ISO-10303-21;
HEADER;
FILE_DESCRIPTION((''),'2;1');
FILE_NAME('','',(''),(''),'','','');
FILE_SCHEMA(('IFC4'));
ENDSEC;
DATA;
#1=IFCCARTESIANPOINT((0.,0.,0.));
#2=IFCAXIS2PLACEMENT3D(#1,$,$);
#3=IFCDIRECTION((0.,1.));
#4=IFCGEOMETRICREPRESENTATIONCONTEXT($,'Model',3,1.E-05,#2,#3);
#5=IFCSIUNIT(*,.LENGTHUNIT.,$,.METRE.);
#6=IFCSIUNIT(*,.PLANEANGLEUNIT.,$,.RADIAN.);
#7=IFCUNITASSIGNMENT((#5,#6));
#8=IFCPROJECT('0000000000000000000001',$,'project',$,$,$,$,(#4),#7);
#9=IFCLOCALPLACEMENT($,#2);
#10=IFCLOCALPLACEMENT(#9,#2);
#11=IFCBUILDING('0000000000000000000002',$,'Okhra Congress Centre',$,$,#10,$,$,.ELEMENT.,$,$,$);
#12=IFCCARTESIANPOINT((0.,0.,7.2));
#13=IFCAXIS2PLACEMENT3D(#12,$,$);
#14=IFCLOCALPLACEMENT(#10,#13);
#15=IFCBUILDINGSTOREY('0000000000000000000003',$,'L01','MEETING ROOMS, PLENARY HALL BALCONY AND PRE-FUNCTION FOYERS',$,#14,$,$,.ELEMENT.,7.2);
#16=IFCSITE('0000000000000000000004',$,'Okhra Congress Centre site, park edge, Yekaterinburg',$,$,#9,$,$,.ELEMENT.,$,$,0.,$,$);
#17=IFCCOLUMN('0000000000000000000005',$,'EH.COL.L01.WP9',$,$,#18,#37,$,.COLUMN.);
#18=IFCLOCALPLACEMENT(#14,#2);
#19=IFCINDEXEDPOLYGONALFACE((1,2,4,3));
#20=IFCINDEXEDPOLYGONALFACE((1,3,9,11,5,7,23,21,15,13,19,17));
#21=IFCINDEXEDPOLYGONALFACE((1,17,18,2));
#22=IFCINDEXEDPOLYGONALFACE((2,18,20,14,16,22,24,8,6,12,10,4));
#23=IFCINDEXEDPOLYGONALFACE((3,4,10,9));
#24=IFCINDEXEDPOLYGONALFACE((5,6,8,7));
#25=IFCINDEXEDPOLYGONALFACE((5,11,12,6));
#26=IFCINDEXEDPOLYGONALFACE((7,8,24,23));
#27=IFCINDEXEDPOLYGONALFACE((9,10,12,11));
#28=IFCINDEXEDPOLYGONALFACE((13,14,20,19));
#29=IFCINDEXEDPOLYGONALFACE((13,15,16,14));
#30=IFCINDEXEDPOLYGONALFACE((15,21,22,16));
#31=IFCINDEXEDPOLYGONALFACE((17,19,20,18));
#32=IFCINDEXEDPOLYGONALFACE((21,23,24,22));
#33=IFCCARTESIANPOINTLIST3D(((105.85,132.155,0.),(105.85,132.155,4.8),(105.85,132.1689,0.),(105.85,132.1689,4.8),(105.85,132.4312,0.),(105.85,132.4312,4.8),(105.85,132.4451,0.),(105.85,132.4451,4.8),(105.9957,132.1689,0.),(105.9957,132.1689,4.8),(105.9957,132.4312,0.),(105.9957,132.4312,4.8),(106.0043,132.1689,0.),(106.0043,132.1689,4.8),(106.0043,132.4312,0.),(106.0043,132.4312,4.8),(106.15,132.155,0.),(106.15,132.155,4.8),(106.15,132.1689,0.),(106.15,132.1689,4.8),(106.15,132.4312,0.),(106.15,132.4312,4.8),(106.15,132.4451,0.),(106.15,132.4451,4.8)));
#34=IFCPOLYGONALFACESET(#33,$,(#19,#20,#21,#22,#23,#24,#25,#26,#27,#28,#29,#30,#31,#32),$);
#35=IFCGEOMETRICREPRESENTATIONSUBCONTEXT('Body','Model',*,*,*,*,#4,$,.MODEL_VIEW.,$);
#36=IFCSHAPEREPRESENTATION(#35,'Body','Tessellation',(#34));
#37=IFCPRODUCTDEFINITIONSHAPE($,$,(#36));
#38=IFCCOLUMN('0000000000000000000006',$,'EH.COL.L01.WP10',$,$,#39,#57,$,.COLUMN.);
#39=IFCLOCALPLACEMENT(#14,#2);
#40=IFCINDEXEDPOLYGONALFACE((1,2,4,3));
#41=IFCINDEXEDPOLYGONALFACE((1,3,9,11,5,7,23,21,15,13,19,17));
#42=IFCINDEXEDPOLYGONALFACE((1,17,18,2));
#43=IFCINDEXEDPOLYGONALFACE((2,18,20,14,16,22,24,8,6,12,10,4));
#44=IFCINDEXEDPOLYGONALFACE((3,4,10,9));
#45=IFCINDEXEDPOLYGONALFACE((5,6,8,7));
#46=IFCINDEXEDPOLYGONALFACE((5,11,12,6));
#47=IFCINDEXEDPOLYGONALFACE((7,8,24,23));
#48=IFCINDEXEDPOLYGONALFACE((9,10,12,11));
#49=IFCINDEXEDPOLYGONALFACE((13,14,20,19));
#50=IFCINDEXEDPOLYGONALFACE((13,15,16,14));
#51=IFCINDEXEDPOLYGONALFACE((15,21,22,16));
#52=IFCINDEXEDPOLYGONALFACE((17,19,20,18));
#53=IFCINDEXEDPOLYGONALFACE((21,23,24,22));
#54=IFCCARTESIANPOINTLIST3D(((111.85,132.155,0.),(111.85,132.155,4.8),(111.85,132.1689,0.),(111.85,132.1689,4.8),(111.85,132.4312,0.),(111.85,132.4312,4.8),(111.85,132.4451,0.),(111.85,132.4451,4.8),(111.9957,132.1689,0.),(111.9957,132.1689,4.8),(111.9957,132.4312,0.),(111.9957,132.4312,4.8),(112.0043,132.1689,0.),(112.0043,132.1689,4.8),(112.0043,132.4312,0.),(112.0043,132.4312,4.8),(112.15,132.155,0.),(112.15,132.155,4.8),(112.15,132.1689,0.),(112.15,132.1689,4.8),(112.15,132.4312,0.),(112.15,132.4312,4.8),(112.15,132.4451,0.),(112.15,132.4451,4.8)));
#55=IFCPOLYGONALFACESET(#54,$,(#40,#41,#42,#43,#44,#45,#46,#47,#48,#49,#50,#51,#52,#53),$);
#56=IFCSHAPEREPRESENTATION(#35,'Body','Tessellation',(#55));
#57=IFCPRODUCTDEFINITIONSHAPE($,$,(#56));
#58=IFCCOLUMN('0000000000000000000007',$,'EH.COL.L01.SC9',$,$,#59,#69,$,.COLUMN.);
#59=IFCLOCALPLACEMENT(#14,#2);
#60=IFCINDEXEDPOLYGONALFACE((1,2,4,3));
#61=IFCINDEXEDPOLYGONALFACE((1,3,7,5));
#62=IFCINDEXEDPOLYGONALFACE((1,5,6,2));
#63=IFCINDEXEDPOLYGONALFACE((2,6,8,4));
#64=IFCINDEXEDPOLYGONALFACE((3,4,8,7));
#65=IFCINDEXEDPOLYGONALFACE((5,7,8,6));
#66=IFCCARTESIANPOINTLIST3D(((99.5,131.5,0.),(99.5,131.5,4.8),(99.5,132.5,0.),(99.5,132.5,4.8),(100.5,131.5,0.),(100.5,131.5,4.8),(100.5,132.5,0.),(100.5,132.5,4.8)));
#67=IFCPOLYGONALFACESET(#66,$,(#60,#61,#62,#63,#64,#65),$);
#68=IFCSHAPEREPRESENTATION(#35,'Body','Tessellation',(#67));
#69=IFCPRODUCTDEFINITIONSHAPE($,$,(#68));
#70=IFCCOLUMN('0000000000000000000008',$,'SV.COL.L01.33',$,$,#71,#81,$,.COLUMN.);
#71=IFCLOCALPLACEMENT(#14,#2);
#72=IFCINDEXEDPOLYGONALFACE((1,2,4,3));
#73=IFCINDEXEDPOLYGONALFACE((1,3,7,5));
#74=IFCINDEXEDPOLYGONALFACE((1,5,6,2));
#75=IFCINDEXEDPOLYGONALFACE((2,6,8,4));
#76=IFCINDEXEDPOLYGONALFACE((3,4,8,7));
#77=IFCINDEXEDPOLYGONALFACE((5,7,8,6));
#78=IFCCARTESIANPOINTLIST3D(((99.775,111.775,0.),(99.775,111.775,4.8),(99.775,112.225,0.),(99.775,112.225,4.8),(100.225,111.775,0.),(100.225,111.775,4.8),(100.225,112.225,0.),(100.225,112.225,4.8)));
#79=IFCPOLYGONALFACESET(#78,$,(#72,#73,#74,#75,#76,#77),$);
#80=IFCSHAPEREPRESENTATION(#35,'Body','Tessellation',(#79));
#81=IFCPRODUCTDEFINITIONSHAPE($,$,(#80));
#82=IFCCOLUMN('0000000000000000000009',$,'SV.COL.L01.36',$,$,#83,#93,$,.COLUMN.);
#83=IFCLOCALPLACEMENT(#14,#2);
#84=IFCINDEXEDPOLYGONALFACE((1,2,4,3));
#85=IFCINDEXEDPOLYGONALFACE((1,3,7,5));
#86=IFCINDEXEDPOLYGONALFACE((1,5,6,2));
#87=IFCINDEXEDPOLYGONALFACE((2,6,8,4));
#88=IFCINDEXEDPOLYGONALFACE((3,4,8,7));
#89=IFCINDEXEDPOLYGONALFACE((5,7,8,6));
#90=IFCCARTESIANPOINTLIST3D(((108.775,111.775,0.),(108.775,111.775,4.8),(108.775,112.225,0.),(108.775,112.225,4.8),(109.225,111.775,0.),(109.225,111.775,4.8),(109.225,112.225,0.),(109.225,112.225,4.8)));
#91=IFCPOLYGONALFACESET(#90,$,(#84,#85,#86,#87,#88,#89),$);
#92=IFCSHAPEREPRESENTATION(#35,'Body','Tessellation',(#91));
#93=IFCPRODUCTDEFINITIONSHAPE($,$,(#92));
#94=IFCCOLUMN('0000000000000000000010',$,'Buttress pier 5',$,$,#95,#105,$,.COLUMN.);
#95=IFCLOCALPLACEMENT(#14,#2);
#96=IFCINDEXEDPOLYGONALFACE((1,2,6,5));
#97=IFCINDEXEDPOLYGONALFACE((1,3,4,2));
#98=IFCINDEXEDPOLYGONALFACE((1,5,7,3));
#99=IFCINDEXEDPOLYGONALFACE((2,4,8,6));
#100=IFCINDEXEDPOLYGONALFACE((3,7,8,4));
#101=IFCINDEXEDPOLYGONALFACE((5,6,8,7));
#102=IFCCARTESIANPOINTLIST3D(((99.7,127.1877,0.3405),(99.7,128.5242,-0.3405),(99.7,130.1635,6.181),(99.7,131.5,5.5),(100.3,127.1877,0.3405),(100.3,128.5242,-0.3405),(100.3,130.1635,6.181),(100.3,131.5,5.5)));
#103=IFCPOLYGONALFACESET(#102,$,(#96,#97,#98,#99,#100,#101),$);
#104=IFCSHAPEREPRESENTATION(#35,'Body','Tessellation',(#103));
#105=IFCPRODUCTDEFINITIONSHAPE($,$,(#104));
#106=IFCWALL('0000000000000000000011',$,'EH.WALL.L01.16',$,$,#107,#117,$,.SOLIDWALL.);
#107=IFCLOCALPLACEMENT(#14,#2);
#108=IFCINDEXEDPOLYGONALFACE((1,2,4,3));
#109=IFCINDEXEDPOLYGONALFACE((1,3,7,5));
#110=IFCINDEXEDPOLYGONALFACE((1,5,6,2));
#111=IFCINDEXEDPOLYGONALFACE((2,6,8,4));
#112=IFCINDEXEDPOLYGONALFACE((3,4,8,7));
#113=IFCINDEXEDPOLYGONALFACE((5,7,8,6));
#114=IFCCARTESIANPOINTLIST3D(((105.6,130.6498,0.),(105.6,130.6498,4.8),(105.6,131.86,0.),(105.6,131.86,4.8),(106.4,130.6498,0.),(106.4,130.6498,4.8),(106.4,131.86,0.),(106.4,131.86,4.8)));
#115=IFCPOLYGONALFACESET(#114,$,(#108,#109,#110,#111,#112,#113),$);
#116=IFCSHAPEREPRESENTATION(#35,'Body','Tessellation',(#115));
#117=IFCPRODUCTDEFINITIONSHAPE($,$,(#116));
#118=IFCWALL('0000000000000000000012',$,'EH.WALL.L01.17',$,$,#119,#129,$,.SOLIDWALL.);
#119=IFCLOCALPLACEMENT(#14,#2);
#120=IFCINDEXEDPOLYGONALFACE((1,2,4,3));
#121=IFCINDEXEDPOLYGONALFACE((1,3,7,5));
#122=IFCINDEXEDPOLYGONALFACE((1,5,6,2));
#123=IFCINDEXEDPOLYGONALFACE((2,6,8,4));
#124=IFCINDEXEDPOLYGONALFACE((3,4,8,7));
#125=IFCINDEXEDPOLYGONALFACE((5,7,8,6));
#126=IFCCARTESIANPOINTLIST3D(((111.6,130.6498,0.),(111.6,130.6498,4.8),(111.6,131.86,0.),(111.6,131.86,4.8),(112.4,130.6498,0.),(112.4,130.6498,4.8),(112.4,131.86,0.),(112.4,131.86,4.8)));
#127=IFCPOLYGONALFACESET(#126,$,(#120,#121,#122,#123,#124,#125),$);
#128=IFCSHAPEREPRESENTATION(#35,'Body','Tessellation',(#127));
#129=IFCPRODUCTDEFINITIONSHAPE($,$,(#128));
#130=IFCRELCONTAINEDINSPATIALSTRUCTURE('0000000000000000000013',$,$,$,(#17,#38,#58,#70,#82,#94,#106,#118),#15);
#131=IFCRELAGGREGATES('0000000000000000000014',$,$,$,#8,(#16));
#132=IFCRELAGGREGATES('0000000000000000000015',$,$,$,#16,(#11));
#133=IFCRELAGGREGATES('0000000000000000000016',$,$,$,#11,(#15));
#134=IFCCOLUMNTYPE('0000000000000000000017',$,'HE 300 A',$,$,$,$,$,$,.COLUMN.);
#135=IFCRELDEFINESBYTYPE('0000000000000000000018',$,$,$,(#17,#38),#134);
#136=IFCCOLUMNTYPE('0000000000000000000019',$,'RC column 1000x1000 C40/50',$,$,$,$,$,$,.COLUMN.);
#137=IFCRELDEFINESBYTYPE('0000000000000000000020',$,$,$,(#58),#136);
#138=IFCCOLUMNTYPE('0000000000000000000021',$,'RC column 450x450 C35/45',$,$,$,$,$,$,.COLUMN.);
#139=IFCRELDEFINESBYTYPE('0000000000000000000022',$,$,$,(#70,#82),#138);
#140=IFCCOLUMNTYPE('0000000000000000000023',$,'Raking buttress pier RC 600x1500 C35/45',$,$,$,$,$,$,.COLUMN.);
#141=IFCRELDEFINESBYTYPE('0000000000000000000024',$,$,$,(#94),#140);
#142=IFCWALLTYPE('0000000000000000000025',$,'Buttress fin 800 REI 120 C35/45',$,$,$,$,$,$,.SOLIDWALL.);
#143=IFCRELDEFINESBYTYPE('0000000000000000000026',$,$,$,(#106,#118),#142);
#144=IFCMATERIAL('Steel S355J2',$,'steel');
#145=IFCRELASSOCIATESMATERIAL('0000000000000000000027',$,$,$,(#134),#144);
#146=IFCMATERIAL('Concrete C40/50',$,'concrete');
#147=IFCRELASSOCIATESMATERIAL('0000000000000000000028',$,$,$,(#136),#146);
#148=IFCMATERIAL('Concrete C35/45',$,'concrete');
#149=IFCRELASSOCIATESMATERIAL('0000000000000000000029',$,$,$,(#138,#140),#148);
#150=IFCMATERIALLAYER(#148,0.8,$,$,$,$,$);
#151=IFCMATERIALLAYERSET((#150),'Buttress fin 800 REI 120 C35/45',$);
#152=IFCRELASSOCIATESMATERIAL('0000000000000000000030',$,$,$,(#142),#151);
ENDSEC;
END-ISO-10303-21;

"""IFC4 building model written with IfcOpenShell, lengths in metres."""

from ifc_helpers import new_model, si_unit, direction, frame, frame_2d, origin, origin_2d, place, context, subcontext, project, spatial, rectangle, i_section, extrude, material, layer, layer_set, material_profile, profile_set, type_object, element, save


model = new_model("IFC4")

# Units and contexts
model_context = context("Model", 3, precision=1e-05, world=origin(), true_north=direction((0.0, 1.0)))
body_context = subcontext(model_context, "Body", "Model", "MODEL_VIEW")
ifc_project = project(units=[si_unit("LENGTHUNIT", "METRE"), si_unit("PLANEANGLEUNIT", "RADIAN")], contexts=[model_context])

# Site, building, storey
site_placement = place(None, origin())
site = spatial("IfcSite", under=ifc_project, at=site_placement, Name="Okhra Congress Centre site, park edge, Yekaterinburg", CompositionType="ELEMENT", RefElevation=0.0)
building_placement = place(site_placement, origin())
building = spatial("IfcBuilding", under=site, at=building_placement, Name="Okhra Congress Centre", CompositionType="ELEMENT")
storey_placement = place(building_placement, frame((0.0, 0.0, 7.2)))
storey = spatial("IfcBuildingStorey", under=building, at=storey_placement, Name="L01", Description="MEETING ROOMS, PLENARY HALL BALCONY AND PRE-FUNCTION FOYERS", CompositionType="ELEMENT", Elevation=7.2)

# Columns
ifc_material_1 = material(Name="Steel S355J2", Category="steel")
ifc_material_profile_1 = material_profile(ifc_material_1, i_section(OverallWidth=0.3, OverallDepth=0.29, WebThickness=0.0085, FlangeThickness=0.0139, at=origin_2d()), Name="HE 300 A")
ifc_profile_set_1 = profile_set([ifc_material_profile_1], Name="Steel S355J2")
column_type_1 = type_object("IfcColumnType", Name="HE 300 A", PredefinedType="COLUMN", material=ifc_profile_set_1)
for number, where, z_axis, x_axis, name in (
    (1, (106.0, 132.3, 0.0), (0.0, 0.0, 1.0), (1.0, 0.0, 0.0), "EH.COL.L01.WP9"),
    (2, (112.0, 132.3, 0.0), (0.0, 0.0, 1.0), (1.0, 0.0, 0.0), "EH.COL.L01.WP10"),
):
    element("IfcColumn", number, at=place(storey_placement, frame(where, z_axis=z_axis, x_axis=x_axis)), inside=storey, type_object=column_type_1, Name=name, PredefinedType="COLUMN", context=body_context, shape_type="SweptSolid", body=[
        extrude(i_section(OverallWidth=0.3, OverallDepth=0.29, WebThickness=0.0085, FlangeThickness=0.0139, at=origin_2d()), origin(), (0.0, 0.0, 1.0), 4.8),
    ])
ifc_material_2 = material(Name="Concrete C40/50", Category="concrete")
ifc_material_profile_2 = material_profile(ifc_material_2, rectangle(XDim=1.0, YDim=1.0, at=origin_2d()), Name="RC 1000x1000")
ifc_profile_set_2 = profile_set([ifc_material_profile_2], Name="Concrete C40/50")
column_type_2 = type_object("IfcColumnType", Name="RC column 1000x1000 C40/50", PredefinedType="COLUMN", material=ifc_profile_set_2)
column_1_placement = place(storey_placement, frame((100.0, 132.0, 0.0), z_axis=(0.0, 0.0, 1.0), x_axis=(1.0, 0.0, 0.0)))
element("IfcColumn", 3, at=column_1_placement, inside=storey, type_object=column_type_2, Name="EH.COL.L01.SC9", PredefinedType="COLUMN", context=body_context, shape_type="SweptSolid", body=[
    extrude(rectangle(XDim=1.0, YDim=1.0, at=origin_2d()), origin(), (0.0, 0.0, 1.0), 4.8),
])
ifc_material_3 = material(Name="Concrete C35/45", Category="concrete")
ifc_material_profile_3 = material_profile(ifc_material_3, rectangle(XDim=0.45, YDim=0.45, at=origin_2d()), Name="RC 450x450")
ifc_profile_set_3 = profile_set([ifc_material_profile_3], Name="Concrete C35/45")
column_type_3 = type_object("IfcColumnType", Name="RC column 450x450 C35/45", PredefinedType="COLUMN", material=ifc_profile_set_3)
for number, where, z_axis, x_axis, name in (
    (4, (100.0, 112.0, 0.0), (0.0, 0.0, 1.0), (1.0, 0.0, 0.0), "SV.COL.L01.33"),
    (5, (109.0, 112.0, 0.0), (0.0, 0.0, 1.0), (1.0, 0.0, 0.0), "SV.COL.L01.36"),
):
    element("IfcColumn", number, at=place(storey_placement, frame(where, z_axis=z_axis, x_axis=x_axis)), inside=storey, type_object=column_type_3, Name=name, PredefinedType="COLUMN", context=body_context, shape_type="SweptSolid", body=[
        extrude(rectangle(XDim=0.45, YDim=0.45, at=origin_2d()), origin(), (0.0, 0.0, 1.0), 4.8),
    ])
ifc_material_profile_4 = material_profile(ifc_material_3, rectangle(XDim=0.6001, YDim=1.5, at=origin_2d()), Name="RC 600x1500")
ifc_profile_set_4 = profile_set([ifc_material_profile_4], Name="Concrete C35/45")
column_type_4 = type_object("IfcColumnType", Name="Raking buttress pier RC 600x1500 C35/45", PredefinedType="COLUMN", material=ifc_profile_set_4)
column_2_placement = place(storey_placement, frame((100.0, 127.856, 0.0), z_axis=(0.0, 0.453979, 0.891012), x_axis=(-1.0, 0.0, 0.0)))
element("IfcColumn", 6, at=column_2_placement, inside=storey, type_object=column_type_4, Name="Buttress pier 5", PredefinedType="COLUMN", context=body_context, shape_type="SweptSolid", body=[
    extrude(rectangle(XDim=0.6001, YDim=1.5, at=origin_2d()), origin(), (0.0, 0.0, 1.0), 6.5549),
])

# Walls
ifc_layer_1 = layer(ifc_material_3, 0.8)
ifc_layer_set_1 = layer_set([ifc_layer_1], Name="Buttress fin 800 REI 120 C35/45")
wall_type_1 = type_object("IfcWallType", Name="Buttress fin 800 REI 120 C35/45", PredefinedType="SOLIDWALL", material=ifc_layer_set_1)
for number, where, z_axis, x_axis, name in (
    (7, (106.0, 130.6499, 0.0), (0.0, 0.0, 1.0), (0.0, 1.0, 0.0), "EH.WALL.L01.16"),
    (8, (112.0, 130.6499, 0.0), (0.0, 0.0, 1.0), (0.0, 1.0, 0.0), "EH.WALL.L01.17"),
):
    element("IfcWall", number, at=place(storey_placement, frame(where, z_axis=z_axis, x_axis=x_axis)), inside=storey, type_object=wall_type_1, Name=name, PredefinedType="SOLIDWALL", context=body_context, shape_type="SweptSolid", body=[
        extrude(rectangle(XDim=1.2102, YDim=0.8, at=frame_2d((0.605, 0.0))), origin(), (0.0, 0.0, 1.0), 4.8),
    ])

save(model, "model.ifc")
